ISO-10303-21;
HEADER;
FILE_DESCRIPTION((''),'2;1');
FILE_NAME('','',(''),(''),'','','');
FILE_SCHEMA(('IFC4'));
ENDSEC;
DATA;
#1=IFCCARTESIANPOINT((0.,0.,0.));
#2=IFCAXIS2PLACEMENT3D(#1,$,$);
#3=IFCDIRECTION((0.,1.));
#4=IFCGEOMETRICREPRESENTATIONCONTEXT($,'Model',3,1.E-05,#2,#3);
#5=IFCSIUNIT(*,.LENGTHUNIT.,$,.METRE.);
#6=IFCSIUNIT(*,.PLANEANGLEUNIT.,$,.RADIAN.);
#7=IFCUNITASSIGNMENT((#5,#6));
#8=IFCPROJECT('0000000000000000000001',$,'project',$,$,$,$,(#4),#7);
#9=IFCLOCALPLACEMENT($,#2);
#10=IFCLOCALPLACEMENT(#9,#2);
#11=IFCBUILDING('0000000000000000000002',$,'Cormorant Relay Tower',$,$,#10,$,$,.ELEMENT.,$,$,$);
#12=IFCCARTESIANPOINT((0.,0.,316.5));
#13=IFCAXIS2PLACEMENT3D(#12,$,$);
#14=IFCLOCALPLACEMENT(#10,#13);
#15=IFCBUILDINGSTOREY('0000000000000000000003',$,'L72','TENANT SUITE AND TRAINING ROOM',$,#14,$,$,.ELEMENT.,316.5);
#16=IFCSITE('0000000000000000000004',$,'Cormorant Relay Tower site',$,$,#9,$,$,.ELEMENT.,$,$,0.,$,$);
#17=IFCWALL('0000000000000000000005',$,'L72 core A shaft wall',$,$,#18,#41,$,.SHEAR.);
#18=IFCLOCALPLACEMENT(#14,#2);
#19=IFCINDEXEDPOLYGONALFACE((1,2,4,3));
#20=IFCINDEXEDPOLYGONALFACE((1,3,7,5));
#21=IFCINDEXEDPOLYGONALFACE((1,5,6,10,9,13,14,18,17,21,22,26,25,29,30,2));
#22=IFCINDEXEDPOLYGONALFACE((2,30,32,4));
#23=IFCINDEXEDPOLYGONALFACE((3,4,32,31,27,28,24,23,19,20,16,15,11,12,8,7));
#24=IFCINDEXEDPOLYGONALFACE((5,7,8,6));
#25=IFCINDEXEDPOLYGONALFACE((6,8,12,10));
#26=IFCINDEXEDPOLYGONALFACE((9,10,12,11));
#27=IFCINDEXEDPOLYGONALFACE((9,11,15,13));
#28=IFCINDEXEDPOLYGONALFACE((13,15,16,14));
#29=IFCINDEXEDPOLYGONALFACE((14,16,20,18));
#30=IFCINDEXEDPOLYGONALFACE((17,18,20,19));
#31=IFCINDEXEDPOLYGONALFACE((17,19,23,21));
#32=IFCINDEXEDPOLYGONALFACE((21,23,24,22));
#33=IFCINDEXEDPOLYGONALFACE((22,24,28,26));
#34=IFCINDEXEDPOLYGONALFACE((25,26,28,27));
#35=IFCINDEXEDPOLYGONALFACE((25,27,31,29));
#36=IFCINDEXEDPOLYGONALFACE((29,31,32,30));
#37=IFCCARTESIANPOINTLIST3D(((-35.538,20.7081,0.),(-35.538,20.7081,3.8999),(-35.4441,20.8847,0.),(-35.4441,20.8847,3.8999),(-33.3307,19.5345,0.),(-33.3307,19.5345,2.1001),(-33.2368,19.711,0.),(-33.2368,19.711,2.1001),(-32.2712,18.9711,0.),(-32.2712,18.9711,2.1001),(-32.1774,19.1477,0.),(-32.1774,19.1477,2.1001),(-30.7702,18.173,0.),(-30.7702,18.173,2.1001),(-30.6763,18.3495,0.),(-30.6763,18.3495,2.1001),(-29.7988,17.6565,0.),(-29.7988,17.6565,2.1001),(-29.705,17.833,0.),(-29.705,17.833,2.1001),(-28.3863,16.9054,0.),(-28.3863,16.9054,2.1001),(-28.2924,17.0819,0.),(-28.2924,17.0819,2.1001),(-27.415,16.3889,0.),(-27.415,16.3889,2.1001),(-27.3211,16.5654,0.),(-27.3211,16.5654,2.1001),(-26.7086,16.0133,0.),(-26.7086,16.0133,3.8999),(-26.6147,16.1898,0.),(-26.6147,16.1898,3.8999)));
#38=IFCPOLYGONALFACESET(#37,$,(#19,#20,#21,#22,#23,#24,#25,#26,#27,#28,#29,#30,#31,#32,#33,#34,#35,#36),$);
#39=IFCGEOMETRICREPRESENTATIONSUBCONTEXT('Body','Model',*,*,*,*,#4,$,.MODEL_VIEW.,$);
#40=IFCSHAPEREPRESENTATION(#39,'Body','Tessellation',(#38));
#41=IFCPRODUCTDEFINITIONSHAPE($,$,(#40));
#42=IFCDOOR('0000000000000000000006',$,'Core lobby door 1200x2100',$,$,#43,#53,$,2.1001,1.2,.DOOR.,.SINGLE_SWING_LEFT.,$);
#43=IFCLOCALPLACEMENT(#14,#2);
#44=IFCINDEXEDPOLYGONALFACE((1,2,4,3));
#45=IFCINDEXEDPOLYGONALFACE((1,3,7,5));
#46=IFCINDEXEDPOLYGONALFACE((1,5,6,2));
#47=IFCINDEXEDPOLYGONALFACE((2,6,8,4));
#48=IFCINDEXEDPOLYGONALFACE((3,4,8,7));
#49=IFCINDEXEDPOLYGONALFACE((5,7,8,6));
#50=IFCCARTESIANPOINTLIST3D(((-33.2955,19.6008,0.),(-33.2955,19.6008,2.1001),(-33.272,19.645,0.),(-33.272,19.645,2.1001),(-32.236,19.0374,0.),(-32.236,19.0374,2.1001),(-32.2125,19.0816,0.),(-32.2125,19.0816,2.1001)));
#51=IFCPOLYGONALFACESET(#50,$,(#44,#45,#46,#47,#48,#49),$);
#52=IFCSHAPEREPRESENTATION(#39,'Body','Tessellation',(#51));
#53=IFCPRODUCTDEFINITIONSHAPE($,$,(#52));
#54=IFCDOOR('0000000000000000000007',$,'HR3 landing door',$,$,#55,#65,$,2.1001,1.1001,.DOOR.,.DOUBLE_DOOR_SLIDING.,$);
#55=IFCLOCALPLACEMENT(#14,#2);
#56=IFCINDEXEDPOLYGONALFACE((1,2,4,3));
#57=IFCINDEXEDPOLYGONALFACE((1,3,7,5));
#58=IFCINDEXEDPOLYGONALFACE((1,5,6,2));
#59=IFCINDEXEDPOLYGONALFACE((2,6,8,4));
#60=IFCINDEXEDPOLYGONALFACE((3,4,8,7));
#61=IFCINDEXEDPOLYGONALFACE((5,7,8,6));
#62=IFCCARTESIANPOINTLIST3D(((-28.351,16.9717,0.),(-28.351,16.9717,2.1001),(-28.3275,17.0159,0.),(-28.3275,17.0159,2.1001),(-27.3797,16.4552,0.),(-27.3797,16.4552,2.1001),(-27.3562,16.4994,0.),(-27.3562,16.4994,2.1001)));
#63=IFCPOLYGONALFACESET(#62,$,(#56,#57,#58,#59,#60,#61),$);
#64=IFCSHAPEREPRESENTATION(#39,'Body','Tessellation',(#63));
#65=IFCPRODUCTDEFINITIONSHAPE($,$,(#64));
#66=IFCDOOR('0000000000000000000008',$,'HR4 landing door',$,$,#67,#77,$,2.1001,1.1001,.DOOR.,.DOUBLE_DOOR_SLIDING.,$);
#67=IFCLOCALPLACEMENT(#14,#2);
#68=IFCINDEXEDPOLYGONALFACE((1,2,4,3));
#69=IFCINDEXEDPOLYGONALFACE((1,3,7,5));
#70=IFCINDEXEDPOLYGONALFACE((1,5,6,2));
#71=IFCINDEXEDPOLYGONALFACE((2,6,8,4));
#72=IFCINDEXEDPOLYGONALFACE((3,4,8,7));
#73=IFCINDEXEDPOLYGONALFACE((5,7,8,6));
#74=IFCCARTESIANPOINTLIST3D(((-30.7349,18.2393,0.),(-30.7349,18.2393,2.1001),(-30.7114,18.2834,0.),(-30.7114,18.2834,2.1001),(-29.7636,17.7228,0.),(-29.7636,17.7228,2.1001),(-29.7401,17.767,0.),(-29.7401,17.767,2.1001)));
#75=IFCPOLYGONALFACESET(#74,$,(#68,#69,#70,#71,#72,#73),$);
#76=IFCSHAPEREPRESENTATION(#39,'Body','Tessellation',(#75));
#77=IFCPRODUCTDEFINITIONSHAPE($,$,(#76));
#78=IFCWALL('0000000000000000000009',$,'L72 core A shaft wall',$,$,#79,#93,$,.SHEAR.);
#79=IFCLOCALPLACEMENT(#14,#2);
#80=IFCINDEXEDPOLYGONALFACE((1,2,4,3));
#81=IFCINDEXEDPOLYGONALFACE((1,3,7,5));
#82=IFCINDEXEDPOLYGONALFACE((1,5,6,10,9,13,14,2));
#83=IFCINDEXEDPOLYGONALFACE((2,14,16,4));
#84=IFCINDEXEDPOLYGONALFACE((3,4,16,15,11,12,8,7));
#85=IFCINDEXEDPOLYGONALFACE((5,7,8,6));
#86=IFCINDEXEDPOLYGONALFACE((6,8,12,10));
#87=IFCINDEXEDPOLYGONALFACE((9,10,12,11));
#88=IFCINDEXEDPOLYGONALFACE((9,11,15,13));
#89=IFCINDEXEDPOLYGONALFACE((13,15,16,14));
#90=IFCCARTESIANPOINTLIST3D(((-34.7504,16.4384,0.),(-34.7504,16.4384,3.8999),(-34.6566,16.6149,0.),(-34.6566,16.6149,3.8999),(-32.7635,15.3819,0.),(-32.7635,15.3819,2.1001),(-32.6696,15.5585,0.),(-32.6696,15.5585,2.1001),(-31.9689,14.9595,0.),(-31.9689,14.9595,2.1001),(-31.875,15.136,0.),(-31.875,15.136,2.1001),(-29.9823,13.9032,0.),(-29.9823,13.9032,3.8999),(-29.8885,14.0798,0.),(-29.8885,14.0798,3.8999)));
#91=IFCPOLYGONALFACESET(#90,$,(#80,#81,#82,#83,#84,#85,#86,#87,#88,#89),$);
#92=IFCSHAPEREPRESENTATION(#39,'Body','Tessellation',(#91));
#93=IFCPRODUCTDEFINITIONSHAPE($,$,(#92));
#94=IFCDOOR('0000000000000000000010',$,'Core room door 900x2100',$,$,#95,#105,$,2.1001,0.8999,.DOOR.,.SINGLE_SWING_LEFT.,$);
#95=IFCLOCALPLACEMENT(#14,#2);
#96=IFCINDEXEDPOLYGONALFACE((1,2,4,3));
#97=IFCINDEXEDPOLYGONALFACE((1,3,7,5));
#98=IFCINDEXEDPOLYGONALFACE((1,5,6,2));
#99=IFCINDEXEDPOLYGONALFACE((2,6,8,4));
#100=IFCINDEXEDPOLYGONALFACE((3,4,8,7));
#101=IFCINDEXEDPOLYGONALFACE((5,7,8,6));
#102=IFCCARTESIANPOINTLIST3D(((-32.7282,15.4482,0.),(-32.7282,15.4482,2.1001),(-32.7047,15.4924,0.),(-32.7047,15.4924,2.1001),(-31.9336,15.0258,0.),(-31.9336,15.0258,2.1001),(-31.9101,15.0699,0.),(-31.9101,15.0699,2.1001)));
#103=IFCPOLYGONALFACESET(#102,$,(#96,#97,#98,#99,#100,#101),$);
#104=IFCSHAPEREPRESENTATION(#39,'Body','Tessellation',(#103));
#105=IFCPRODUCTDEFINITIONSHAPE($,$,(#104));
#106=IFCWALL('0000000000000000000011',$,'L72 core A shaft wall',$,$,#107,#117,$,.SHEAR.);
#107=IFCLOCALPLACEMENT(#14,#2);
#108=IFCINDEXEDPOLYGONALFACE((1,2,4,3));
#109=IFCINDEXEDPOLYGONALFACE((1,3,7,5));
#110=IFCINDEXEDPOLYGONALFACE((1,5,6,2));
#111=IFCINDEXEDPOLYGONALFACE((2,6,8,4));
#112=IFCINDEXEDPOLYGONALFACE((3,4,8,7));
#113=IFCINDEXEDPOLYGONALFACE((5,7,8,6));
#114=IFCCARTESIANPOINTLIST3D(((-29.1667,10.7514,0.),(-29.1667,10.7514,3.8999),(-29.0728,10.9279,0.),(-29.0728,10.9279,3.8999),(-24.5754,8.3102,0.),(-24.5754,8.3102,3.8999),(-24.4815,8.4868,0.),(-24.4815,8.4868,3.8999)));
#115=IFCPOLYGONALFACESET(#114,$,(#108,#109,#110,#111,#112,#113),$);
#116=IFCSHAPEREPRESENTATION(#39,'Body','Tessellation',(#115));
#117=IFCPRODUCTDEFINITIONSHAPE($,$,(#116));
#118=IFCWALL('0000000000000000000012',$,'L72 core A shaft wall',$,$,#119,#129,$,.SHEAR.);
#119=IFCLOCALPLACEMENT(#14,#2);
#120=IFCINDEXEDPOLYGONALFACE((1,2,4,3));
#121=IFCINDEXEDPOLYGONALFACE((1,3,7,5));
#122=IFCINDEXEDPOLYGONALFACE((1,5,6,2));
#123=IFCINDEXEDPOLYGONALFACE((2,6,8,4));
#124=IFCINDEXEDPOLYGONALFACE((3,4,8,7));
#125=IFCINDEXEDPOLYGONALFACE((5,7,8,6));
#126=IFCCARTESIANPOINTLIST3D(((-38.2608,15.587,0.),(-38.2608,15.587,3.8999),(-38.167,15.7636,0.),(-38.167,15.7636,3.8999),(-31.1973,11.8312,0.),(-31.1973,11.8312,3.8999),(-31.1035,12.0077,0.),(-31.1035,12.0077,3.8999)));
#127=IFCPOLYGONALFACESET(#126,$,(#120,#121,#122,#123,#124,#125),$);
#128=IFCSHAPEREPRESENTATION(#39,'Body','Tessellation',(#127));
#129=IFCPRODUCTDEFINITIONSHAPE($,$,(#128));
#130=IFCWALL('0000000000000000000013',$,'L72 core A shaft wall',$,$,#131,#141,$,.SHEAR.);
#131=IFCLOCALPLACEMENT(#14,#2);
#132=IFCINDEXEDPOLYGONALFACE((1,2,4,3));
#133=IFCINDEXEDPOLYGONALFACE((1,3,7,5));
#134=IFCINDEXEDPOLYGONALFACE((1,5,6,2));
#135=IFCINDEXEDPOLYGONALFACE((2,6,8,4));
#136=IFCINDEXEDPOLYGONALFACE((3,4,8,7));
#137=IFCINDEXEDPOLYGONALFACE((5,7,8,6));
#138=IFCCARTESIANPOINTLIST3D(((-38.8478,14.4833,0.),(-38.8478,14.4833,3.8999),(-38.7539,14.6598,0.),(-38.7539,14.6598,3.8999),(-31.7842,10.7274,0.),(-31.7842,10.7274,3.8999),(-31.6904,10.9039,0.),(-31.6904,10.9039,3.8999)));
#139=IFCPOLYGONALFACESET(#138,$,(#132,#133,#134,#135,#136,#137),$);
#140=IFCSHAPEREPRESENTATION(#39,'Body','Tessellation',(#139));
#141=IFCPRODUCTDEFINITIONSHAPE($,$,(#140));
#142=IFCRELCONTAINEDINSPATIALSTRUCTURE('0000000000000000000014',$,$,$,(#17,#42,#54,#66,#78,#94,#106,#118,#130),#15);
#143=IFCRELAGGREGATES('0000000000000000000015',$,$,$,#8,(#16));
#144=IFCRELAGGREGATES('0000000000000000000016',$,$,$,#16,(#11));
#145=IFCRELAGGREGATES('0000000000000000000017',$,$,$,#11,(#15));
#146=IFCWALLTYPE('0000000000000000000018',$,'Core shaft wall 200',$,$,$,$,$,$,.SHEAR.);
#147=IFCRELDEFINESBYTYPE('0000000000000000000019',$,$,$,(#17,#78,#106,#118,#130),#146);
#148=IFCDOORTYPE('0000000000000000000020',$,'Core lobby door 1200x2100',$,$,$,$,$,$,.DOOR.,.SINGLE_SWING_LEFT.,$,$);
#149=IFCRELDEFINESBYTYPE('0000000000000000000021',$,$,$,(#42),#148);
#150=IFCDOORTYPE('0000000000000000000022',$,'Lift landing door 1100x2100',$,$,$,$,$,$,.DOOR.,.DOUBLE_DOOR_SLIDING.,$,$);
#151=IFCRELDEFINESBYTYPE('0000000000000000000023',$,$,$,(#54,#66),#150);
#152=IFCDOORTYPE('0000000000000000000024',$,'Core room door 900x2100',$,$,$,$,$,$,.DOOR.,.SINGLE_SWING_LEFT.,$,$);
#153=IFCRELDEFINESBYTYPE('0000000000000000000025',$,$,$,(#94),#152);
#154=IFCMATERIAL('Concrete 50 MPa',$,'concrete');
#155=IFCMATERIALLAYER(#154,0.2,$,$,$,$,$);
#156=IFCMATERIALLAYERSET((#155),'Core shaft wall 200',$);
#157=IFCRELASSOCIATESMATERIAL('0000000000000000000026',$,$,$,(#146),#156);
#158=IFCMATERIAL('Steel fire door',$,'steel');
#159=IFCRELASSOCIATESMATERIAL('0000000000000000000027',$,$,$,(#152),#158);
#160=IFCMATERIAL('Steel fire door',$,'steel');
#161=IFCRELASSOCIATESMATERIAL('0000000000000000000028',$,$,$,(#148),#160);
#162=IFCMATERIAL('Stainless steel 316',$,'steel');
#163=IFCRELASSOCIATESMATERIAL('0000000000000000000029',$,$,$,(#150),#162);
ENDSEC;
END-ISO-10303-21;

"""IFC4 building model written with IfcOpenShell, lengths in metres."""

from ifc_helpers import new_model, si_unit, direction, frame, frame_2d, origin, place, context, subcontext, project, spatial, rectangle, extrude, material, layer, layer_set, type_object, element, fill, save


model = new_model("IFC4")

# Units and contexts
model_context = context("Model", 3, precision=1e-05, world=origin(), true_north=direction((0.0, 1.0)))
body_context = subcontext(model_context, "Body", "Model", "MODEL_VIEW")
ifc_project = project(units=[si_unit("LENGTHUNIT", "METRE"), si_unit("PLANEANGLEUNIT", "RADIAN")], contexts=[model_context])

# Site, building, storey
site_placement = place(None, origin())
site = spatial("IfcSite", under=ifc_project, at=site_placement, Name="Cormorant Relay Tower site", CompositionType="ELEMENT", RefElevation=0.0)
building_placement = place(site_placement, origin())
building = spatial("IfcBuilding", under=site, at=building_placement, Name="Cormorant Relay Tower", CompositionType="ELEMENT")
storey_placement = place(building_placement, frame((0.0, 0.0, 316.5)))
storey = spatial("IfcBuildingStorey", under=building, at=storey_placement, Name="L72", Description="TENANT SUITE AND TRAINING ROOM", CompositionType="ELEMENT", Elevation=316.5)

# Shared definitions
ifc_material_1 = material(Name="Concrete 50 MPa", Category="concrete")
ifc_layer_1 = layer(ifc_material_1, 0.2)
ifc_layer_set_1 = layer_set([ifc_layer_1], Name="Core shaft wall 200")
wall_type_1 = type_object("IfcWallType", Name="Core shaft wall 200", PredefinedType="SHEAR", material=ifc_layer_set_1)
ifc_material_2 = material(Name="Steel fire door", Category="steel")
door_type_1 = type_object("IfcDoorType", Name="Core room door 900x2100", OperationType="SINGLE_SWING_LEFT", PredefinedType="DOOR", material=ifc_material_2)

# Wall, openings, doors
wall_1_placement = place(storey_placement, frame((-26.6616, 16.1016, 0.0), z_axis=(0.0, 0.0, 1.0), x_axis=(-0.88294, 0.469485, 0.0)))
wall_1 = element("IfcWall", 1, at=wall_1_placement, inside=storey, type_object=wall_type_1, Name="L72 core A shaft wall", PredefinedType="SHEAR", context=body_context, shape_type="SweptSolid", body=[
    extrude(rectangle(XDim=10.0, YDim=0.2, at=frame_2d((5.0, 0.0))), origin(), (0.0, 0.0, 1.0), 3.8999),
])
opening_1_placement = place(wall_1_placement, frame((6.3, 0.0, 0.0)))
opening_1 = element("IfcOpeningElement", 2, at=opening_1_placement, cuts=wall_1, PredefinedType="OPENING", context=body_context, shape_type="SweptSolid", body=[
    extrude(rectangle(XDim=1.2, YDim=2.1001, at=frame_2d((0.6001, 1.05))), frame((0.0, 0.1099, 0.0), z_axis=(0.0, -1.0, 0.0), x_axis=(1.0, 0.0, 0.0)), (0.0, 0.0, 1.0), 0.22),
])
opening_2_placement = place(wall_1_placement, frame((0.8, 0.0, 0.0)))
opening_2 = element("IfcOpeningElement", 3, at=opening_2_placement, cuts=wall_1, PredefinedType="OPENING", context=body_context, shape_type="SweptSolid", body=[
    extrude(rectangle(XDim=1.1001, YDim=2.1001, at=frame_2d((0.55, 1.05))), frame((0.0, 0.1099, 0.0), z_axis=(0.0, -1.0, 0.0), x_axis=(1.0, 0.0, 0.0)), (0.0, 0.0, 1.0), 0.22),
])
opening_3_placement = place(wall_1_placement, frame((3.5, 0.0, 0.0)))
opening_3 = element("IfcOpeningElement", 4, at=opening_3_placement, cuts=wall_1, PredefinedType="OPENING", context=body_context, shape_type="SweptSolid", body=[
    extrude(rectangle(XDim=1.1001, YDim=2.1001, at=frame_2d((0.55, 1.05))), frame((0.0, 0.1099, 0.0), z_axis=(0.0, -1.0, 0.0), x_axis=(1.0, 0.0, 0.0)), (0.0, 0.0, 1.0), 0.22),
])
ifc_material_3 = material(Name="Steel fire door", Category="steel")
door_type_2 = type_object("IfcDoorType", Name="Core lobby door 1200x2100", OperationType="SINGLE_SWING_LEFT", PredefinedType="DOOR", material=ifc_material_3)
door_1_placement = place(opening_1_placement, origin())
door_1 = element("IfcDoor", 5, at=door_1_placement, inside=storey, type_object=door_type_2, Name="Core lobby door 1200x2100", OperationType="SINGLE_SWING_LEFT", OverallHeight=2.1001, OverallWidth=1.2, PredefinedType="DOOR", context=body_context, shape_type="SweptSolid", body=[
    extrude(rectangle(XDim=1.2, YDim=2.1001, at=frame_2d((0.6001, 1.05))), frame((0.0, 0.0249, 0.0), z_axis=(0.0, -1.0, 0.0), x_axis=(1.0, 0.0, 0.0)), (0.0, 0.0, 1.0), 0.05),
])
fill(opening_1, door_1)
ifc_material_4 = material(Name="Stainless steel 316", Category="steel")
door_type_3 = type_object("IfcDoorType", Name="Lift landing door 1100x2100", OperationType="DOUBLE_DOOR_SLIDING", PredefinedType="DOOR", material=ifc_material_4)
door_2_placement = place(opening_2_placement, origin())
door_2 = element("IfcDoor", 6, at=door_2_placement, inside=storey, type_object=door_type_3, Name="HR3 landing door", OperationType="DOUBLE_DOOR_SLIDING", OverallHeight=2.1001, OverallWidth=1.1001, PredefinedType="DOOR", context=body_context, shape_type="SweptSolid", body=[
    extrude(rectangle(XDim=1.1001, YDim=2.1001, at=frame_2d((0.55, 1.05))), frame((0.0, 0.0249, 0.0), z_axis=(0.0, -1.0, 0.0), x_axis=(1.0, 0.0, 0.0)), (0.0, 0.0, 1.0), 0.05),
])
fill(opening_2, door_2)
door_3_placement = place(opening_3_placement, origin())
door_3 = element("IfcDoor", 7, at=door_3_placement, inside=storey, type_object=door_type_3, Name="HR4 landing door", OperationType="DOUBLE_DOOR_SLIDING", OverallHeight=2.1001, OverallWidth=1.1001, PredefinedType="DOOR", context=body_context, shape_type="SweptSolid", body=[
    extrude(rectangle(XDim=1.1001, YDim=2.1001, at=frame_2d((0.55, 1.05))), frame((0.0, 0.0249, 0.0), z_axis=(0.0, -1.0, 0.0), x_axis=(1.0, 0.0, 0.0)), (0.0, 0.0, 1.0), 0.05),
])
fill(opening_3, door_3)

# Wall, opening, door
wall_2_placement = place(storey_placement, frame((-29.9353, 13.9915, 0.0), z_axis=(0.0, 0.0, 1.0), x_axis=(-0.882953, 0.469462, 0.0)))
wall_2 = element("IfcWall", 8, at=wall_2_placement, inside=storey, type_object=wall_type_1, Name="L72 core A shaft wall", PredefinedType="SHEAR", context=body_context, shape_type="SweptSolid", body=[
    extrude(rectangle(XDim=5.4001, YDim=0.2, at=frame_2d((2.7002, 0.0))), origin(), (0.0, 0.0, 1.0), 3.8999),
])
opening_4_placement = place(wall_2_placement, frame((2.25, 0.0, 0.0)))
opening_4 = element("IfcOpeningElement", 9, at=opening_4_placement, cuts=wall_2, PredefinedType="OPENING", context=body_context, shape_type="SweptSolid", body=[
    extrude(rectangle(XDim=0.8999, YDim=2.1001, at=frame_2d((0.45, 1.05))), frame((0.0, 0.1099, 0.0), z_axis=(0.0, -1.0, 0.0), x_axis=(1.0, 0.0, 0.0)), (0.0, 0.0, 1.0), 0.22),
])
door_4_placement = place(opening_4_placement, origin())
door_4 = element("IfcDoor", 10, at=door_4_placement, inside=storey, type_object=door_type_1, Name="Core room door 900x2100", OperationType="SINGLE_SWING_LEFT", OverallHeight=2.1001, OverallWidth=0.8999, PredefinedType="DOOR", context=body_context, shape_type="SweptSolid", body=[
    extrude(rectangle(XDim=0.8999, YDim=2.1001, at=frame_2d((0.45, 1.05))), frame((0.0, 0.0249, 0.0), z_axis=(0.0, -1.0, 0.0), x_axis=(1.0, 0.0, 0.0)), (0.0, 0.0, 1.0), 0.05),
])
fill(opening_4, door_4)

# Walls
wall_3_placement = place(storey_placement, frame((-24.5283, 8.3984, 0.0), z_axis=(0.0, 0.0, 1.0), x_axis=(-0.882954, 0.46946, 0.0)))
element("IfcWall", 11, at=wall_3_placement, inside=storey, type_object=wall_type_1, Name="L72 core A shaft wall", PredefinedType="SHEAR", context=body_context, shape_type="SweptSolid", body=[
    extrude(rectangle(XDim=5.2, YDim=0.2, at=frame_2d((2.6001, 0.0))), origin(), (0.0, 0.0, 1.0), 3.8999),
])
for number, where, z_axis, x_axis, name in (
    (12, (-31.1504, 11.9194, 0.0), (0.0, 0.0, 1.0), (-0.88294, 0.469485, 0.0), "L72 core A shaft wall"),
    (13, (-31.7373, 10.8157, 0.0), (0.0, 0.0, 1.0), (-0.88294, 0.469485, 0.0), "L72 core A shaft wall"),
):
    element("IfcWall", number, at=place(storey_placement, frame(where, z_axis=z_axis, x_axis=x_axis)), inside=storey, type_object=wall_type_1, Name=name, PredefinedType="SHEAR", context=body_context, shape_type="SweptSolid", body=[
        extrude(rectangle(XDim=8.0, YDim=0.2, at=frame_2d((4.0, 0.0))), origin(), (0.0, 0.0, 1.0), 3.8999),
    ])

save(model, "model.ifc")
